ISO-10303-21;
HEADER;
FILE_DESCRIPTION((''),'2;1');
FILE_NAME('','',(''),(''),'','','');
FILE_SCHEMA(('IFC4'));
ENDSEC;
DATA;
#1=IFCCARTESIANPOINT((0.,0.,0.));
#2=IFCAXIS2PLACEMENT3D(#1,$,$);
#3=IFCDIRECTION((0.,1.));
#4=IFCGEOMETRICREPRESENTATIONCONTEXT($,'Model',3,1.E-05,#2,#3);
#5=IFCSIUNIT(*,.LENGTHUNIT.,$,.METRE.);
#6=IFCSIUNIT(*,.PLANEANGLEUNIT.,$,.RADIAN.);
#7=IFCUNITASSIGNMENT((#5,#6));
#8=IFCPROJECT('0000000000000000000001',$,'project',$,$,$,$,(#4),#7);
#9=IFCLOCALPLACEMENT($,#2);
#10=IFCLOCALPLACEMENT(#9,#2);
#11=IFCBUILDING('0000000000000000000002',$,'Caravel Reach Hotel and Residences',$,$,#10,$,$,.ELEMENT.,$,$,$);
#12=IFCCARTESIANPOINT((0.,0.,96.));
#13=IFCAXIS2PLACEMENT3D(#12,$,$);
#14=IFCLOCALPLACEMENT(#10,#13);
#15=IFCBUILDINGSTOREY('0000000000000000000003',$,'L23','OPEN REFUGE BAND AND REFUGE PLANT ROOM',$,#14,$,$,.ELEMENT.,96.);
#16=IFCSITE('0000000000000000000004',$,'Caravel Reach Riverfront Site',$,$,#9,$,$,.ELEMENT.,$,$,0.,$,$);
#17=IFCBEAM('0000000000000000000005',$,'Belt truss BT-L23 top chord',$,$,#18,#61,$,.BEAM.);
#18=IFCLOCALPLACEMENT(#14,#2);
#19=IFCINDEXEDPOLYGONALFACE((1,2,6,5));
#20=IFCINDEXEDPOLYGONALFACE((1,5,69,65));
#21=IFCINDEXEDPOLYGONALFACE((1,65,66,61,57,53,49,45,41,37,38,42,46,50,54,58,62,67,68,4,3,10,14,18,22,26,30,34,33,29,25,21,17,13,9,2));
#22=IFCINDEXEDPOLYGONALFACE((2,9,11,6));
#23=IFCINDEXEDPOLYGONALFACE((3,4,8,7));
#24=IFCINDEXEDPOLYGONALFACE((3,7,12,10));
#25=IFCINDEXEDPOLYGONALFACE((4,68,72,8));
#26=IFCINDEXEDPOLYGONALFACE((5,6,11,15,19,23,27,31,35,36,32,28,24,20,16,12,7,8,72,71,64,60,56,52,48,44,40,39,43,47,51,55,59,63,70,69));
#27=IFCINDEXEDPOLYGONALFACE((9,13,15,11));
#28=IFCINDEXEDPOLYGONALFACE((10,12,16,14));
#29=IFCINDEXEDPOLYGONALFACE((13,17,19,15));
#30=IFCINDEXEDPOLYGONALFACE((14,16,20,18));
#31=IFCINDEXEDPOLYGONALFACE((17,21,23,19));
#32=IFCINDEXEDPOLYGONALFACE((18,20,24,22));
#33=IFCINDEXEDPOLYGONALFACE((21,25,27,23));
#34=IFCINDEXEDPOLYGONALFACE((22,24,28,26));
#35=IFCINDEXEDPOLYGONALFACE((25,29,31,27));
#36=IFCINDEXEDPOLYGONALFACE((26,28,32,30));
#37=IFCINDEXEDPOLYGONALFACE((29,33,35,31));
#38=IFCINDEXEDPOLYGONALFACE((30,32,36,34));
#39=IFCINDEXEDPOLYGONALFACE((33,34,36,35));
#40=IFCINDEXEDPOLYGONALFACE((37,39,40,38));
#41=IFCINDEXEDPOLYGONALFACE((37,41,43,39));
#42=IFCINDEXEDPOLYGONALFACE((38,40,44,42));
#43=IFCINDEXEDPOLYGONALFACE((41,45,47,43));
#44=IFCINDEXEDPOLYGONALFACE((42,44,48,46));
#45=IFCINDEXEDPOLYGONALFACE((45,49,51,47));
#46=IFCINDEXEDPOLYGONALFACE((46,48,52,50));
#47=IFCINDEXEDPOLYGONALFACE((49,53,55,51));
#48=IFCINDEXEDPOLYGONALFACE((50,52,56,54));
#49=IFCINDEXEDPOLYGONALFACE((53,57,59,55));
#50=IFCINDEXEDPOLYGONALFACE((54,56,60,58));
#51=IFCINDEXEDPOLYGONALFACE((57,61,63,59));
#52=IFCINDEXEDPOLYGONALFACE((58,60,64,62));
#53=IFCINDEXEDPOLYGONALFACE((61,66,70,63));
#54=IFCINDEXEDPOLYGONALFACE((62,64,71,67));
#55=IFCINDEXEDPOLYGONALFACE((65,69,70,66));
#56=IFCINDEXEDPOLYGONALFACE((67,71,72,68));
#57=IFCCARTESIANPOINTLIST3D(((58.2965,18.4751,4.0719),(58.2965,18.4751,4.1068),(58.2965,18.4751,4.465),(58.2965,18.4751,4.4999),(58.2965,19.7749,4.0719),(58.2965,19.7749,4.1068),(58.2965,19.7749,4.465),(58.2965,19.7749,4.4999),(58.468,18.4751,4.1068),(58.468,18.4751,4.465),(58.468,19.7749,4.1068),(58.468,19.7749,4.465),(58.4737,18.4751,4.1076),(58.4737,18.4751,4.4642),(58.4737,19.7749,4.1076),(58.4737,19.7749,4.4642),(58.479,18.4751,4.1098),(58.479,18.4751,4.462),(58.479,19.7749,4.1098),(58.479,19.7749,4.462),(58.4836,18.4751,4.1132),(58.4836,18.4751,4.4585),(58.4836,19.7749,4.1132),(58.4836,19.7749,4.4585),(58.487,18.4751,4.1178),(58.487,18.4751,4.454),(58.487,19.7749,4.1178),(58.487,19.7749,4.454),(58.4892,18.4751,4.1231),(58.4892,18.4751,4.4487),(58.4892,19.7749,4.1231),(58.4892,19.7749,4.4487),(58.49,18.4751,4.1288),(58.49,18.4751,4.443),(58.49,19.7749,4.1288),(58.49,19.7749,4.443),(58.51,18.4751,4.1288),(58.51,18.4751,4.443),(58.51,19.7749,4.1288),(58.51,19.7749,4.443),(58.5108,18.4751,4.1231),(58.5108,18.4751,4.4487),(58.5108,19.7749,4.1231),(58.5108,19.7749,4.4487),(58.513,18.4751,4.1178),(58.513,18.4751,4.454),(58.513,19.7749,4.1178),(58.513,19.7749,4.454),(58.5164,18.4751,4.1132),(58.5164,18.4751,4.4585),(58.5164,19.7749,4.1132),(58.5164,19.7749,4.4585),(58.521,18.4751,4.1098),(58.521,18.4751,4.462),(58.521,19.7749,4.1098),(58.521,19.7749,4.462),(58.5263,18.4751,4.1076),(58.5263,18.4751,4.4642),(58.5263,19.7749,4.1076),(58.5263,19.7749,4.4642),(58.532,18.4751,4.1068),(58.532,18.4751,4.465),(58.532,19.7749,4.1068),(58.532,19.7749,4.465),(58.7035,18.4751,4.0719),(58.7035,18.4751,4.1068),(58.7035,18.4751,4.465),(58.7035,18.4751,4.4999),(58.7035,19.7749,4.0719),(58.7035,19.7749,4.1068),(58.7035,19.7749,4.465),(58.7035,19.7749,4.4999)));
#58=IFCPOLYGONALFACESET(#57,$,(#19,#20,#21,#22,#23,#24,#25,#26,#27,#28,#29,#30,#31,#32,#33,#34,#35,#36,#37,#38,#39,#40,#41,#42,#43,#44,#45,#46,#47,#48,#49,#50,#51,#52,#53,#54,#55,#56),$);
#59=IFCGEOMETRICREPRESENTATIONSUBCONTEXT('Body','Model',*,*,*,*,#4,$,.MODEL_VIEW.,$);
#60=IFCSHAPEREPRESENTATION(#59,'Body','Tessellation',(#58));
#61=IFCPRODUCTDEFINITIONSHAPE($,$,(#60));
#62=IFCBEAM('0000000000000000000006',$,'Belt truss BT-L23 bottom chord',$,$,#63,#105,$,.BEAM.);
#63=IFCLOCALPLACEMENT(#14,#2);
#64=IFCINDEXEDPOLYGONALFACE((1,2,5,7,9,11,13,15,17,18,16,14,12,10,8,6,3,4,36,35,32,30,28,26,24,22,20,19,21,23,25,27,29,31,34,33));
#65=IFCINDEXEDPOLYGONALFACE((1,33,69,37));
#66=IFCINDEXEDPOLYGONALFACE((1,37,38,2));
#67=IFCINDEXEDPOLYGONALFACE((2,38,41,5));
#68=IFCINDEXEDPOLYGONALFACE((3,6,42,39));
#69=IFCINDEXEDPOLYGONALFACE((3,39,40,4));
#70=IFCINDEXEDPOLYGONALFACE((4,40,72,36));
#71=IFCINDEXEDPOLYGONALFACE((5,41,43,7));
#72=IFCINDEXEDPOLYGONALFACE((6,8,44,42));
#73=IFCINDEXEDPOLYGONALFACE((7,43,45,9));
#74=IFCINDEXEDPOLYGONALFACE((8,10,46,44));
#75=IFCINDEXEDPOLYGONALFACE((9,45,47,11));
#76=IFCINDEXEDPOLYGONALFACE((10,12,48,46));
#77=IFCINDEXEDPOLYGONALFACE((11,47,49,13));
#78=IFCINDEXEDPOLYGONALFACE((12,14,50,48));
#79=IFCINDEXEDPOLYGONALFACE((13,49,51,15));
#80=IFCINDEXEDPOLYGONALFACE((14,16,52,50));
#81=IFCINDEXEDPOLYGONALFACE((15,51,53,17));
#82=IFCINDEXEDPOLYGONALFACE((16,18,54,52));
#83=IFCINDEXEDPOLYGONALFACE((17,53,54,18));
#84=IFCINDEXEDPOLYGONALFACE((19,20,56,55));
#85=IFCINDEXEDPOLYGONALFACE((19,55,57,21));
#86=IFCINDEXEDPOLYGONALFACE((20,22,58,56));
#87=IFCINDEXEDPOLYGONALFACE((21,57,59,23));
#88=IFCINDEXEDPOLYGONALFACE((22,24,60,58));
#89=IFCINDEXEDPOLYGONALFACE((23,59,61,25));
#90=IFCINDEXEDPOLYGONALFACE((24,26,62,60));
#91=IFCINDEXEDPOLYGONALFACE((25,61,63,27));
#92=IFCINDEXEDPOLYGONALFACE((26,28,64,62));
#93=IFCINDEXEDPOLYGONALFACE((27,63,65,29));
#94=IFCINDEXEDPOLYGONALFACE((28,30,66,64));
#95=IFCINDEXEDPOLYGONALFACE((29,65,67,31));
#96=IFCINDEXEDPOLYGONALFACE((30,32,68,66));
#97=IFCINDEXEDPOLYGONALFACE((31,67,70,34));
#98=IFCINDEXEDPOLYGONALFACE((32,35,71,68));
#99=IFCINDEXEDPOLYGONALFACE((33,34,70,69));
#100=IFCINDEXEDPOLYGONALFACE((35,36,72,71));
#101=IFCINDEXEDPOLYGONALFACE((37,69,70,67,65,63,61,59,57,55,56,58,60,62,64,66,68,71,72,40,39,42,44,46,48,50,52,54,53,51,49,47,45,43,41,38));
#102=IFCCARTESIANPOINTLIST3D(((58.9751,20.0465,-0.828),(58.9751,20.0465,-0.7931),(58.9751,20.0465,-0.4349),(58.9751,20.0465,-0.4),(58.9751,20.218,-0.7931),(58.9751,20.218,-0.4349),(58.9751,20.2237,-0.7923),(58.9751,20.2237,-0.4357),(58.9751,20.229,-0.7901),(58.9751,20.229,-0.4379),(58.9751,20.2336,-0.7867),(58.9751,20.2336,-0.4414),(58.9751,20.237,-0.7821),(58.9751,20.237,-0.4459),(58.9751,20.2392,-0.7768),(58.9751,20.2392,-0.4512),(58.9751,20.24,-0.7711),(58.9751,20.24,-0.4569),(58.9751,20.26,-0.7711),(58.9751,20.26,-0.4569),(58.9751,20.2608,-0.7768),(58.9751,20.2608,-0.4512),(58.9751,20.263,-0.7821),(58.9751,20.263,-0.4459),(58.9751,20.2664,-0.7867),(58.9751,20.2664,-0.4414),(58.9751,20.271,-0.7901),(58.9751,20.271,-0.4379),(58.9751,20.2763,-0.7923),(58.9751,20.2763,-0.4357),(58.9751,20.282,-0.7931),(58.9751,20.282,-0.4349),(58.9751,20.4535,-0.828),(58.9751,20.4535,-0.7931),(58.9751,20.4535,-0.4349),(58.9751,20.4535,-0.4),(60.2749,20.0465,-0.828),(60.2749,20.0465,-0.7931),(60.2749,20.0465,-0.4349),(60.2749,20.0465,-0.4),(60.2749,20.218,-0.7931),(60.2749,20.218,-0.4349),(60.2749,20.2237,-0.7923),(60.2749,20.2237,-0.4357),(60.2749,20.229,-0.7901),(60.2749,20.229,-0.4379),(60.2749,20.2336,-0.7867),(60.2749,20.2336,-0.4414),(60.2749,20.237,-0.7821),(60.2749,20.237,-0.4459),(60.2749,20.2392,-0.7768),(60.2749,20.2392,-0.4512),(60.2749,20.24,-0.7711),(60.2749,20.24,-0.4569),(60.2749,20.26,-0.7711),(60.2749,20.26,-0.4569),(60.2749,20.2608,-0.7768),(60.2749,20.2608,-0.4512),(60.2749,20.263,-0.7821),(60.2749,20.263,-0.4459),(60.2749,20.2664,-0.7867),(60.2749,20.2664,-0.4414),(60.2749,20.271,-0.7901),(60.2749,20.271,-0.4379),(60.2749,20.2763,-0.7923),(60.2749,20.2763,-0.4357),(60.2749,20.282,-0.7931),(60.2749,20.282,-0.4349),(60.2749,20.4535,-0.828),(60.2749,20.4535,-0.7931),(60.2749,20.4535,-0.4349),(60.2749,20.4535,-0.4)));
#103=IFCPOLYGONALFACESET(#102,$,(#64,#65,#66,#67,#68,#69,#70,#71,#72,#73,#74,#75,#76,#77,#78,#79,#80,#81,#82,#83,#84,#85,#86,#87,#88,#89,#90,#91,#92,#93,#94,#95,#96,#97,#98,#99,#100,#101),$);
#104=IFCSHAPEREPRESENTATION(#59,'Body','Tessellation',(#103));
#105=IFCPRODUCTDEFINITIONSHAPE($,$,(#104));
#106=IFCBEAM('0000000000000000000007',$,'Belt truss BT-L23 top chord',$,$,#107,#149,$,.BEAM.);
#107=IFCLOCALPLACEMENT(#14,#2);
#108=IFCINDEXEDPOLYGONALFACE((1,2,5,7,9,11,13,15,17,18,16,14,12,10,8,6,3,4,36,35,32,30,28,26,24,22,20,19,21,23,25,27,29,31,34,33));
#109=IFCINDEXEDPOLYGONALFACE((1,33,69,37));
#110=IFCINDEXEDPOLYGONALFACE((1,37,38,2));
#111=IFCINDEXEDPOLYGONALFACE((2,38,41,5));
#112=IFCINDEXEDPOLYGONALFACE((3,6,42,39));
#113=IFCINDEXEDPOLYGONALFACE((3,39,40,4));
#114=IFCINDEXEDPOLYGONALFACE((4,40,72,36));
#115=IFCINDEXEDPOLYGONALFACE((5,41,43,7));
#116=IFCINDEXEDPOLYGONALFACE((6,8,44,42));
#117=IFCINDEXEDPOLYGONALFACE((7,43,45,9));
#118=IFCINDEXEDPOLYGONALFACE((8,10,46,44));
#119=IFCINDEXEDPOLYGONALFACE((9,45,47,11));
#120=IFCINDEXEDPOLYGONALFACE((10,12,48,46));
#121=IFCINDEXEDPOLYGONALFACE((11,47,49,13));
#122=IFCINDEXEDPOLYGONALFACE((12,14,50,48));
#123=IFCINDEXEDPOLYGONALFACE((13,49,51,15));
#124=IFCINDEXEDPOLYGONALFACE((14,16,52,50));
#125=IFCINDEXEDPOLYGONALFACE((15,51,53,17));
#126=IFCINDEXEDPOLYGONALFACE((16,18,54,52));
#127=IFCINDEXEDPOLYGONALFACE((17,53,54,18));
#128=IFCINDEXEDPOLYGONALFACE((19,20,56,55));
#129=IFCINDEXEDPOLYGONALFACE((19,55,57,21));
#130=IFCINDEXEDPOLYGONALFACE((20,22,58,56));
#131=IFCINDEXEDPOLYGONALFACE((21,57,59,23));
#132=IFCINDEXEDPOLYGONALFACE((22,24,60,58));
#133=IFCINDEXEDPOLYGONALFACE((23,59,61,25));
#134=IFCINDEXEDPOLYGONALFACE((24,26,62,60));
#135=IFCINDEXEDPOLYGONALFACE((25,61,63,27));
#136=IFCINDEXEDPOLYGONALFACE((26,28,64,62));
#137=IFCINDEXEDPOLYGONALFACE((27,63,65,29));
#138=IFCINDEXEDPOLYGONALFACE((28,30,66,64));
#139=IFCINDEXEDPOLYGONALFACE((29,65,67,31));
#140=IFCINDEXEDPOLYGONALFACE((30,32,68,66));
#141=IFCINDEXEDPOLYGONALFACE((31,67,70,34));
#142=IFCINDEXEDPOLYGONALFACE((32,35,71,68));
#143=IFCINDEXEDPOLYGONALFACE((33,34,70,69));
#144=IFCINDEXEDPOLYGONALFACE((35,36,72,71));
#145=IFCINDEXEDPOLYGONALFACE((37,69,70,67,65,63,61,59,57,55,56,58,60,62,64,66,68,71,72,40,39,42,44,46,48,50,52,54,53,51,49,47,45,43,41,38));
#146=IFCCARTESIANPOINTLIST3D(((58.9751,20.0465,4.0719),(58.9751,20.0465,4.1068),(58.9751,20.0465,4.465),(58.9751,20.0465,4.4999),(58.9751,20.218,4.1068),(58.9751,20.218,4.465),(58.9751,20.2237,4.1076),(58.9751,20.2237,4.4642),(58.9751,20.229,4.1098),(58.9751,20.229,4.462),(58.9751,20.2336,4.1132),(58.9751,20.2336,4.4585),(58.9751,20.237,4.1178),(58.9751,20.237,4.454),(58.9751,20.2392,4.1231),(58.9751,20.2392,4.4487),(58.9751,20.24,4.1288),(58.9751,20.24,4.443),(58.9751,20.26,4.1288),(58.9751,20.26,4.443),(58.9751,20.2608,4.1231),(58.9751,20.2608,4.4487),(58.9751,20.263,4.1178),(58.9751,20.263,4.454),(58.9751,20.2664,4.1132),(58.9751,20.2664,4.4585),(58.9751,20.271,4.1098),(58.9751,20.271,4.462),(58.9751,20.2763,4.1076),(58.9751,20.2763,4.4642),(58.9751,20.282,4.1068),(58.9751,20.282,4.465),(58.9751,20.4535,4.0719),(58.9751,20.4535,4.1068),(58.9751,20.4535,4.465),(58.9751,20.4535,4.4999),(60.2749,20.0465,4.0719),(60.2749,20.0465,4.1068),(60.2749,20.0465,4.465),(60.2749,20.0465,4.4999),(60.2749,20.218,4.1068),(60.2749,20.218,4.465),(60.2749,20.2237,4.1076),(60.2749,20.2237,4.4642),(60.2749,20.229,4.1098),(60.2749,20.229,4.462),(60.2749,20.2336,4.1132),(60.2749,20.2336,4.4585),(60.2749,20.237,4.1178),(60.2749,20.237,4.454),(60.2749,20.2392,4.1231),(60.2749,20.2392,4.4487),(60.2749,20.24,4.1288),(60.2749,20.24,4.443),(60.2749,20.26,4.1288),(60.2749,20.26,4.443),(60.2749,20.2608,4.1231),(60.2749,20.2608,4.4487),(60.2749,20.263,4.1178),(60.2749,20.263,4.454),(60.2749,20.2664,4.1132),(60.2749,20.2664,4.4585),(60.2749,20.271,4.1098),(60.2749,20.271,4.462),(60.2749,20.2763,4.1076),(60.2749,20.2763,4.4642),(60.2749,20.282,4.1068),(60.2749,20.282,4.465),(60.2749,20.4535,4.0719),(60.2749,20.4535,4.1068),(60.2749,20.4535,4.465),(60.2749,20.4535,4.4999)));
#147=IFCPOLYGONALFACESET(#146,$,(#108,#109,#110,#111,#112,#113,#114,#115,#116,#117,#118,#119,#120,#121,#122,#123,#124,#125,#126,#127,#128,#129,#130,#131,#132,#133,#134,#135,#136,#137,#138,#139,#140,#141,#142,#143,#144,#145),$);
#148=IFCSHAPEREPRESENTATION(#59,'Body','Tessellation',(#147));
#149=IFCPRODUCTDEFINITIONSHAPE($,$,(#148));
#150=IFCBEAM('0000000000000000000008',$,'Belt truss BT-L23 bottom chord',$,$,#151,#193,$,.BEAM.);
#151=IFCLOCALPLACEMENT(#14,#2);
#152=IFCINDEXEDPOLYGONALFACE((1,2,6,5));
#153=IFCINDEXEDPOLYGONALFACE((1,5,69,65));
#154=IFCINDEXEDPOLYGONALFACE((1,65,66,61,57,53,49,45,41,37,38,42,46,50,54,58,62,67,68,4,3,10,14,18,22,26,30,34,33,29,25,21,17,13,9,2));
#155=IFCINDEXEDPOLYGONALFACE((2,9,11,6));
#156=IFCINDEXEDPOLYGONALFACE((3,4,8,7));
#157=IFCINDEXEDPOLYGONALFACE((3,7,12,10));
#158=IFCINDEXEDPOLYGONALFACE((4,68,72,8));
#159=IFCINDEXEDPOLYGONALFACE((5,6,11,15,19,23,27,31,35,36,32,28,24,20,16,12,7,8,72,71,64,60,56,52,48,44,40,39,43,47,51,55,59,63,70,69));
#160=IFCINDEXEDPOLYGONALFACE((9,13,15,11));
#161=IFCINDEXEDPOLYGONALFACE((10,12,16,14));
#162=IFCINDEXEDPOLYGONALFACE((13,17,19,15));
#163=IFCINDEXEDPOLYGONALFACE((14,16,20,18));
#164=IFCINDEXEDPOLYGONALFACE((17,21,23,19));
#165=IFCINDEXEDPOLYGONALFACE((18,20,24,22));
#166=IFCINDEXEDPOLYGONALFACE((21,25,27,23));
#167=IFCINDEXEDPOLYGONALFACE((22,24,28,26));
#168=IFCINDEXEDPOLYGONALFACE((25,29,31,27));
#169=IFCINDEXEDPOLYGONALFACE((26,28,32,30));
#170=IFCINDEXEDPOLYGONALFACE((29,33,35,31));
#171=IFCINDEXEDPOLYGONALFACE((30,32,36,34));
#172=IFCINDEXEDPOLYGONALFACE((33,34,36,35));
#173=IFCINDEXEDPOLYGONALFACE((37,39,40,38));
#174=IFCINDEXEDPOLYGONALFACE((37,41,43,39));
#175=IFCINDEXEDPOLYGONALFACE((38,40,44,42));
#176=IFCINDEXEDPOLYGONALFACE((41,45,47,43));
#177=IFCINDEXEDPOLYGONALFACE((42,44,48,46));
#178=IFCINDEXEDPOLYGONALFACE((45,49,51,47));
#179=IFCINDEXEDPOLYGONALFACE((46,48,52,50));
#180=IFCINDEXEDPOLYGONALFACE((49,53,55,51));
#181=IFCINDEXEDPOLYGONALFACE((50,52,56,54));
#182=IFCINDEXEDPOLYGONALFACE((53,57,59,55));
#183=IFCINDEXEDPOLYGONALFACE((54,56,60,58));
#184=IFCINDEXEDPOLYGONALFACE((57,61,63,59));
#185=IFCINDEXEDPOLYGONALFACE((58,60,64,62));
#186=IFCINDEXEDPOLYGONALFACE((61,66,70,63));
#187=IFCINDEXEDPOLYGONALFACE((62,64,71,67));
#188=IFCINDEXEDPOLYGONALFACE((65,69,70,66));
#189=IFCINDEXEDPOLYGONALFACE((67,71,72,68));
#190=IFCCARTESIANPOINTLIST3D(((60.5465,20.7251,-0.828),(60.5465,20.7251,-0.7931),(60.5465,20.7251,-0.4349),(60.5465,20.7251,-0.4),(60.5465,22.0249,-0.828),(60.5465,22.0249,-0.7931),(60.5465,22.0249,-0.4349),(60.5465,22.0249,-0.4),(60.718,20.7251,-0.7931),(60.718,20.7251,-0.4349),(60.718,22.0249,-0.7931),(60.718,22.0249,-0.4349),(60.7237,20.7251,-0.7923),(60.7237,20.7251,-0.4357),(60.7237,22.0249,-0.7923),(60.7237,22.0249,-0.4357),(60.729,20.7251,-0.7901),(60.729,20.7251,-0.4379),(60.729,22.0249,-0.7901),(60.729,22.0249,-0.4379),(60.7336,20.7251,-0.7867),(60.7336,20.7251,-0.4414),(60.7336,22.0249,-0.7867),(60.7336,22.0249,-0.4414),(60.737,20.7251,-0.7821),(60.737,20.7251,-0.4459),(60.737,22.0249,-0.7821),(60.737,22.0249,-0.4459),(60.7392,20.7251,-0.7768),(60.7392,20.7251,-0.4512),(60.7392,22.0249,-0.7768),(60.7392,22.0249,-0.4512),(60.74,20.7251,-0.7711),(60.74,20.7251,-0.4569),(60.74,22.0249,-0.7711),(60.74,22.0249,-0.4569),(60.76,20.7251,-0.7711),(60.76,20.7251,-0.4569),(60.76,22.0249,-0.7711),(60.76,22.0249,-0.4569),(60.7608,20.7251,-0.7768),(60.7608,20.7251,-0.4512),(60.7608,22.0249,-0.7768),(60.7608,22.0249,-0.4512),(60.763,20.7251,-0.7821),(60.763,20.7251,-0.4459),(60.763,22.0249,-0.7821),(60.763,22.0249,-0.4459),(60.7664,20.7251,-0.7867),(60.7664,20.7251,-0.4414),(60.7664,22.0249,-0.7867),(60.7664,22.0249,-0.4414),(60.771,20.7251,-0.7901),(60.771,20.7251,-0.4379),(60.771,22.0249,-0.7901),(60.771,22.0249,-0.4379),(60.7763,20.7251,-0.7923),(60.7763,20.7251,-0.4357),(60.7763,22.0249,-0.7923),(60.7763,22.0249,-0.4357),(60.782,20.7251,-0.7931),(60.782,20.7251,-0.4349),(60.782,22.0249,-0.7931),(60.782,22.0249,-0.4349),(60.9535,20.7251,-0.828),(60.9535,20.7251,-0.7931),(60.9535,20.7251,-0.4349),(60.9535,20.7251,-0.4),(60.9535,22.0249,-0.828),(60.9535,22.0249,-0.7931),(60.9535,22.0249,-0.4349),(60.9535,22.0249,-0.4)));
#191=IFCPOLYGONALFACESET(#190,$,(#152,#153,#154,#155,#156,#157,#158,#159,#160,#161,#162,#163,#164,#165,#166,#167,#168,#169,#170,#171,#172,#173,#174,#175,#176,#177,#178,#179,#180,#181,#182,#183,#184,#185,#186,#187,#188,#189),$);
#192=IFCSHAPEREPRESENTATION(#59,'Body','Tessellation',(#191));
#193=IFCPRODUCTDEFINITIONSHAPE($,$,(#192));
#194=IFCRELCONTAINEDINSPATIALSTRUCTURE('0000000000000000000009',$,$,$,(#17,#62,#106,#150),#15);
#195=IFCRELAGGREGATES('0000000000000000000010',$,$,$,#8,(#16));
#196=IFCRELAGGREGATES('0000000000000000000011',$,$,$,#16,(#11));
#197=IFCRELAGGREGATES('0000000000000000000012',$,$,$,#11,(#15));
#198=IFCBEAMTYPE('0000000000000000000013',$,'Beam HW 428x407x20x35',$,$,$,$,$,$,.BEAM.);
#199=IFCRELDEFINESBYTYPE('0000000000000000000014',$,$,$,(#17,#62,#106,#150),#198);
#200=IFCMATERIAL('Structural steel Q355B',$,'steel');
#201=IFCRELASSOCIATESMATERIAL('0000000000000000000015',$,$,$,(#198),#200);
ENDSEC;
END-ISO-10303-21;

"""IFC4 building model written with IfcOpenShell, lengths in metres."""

from ifc_helpers import new_model, si_unit, direction, frame, origin, origin_2d, place, context, subcontext, project, spatial, i_section, extrude, material, material_profile, profile_set, type_object, element, save


model = new_model("IFC4")

# Units and contexts
model_context = context("Model", 3, precision=1e-05, world=origin(), true_north=direction((0.0, 1.0)))
body_context = subcontext(model_context, "Body", "Model", "MODEL_VIEW")
ifc_project = project(units=[si_unit("LENGTHUNIT", "METRE"), si_unit("PLANEANGLEUNIT", "RADIAN")], contexts=[model_context])

# Site, building, storey
site_placement = place(None, origin())
site = spatial("IfcSite", under=ifc_project, at=site_placement, Name="Caravel Reach Riverfront Site", CompositionType="ELEMENT", RefElevation=0.0)
building_placement = place(site_placement, origin())
building = spatial("IfcBuilding", under=site, at=building_placement, Name="Caravel Reach Hotel and Residences", CompositionType="ELEMENT")
storey_placement = place(building_placement, frame((0.0, 0.0, 96.0)))
storey = spatial("IfcBuildingStorey", under=building, at=storey_placement, Name="L23", Description="OPEN REFUGE BAND AND REFUGE PLANT ROOM", CompositionType="ELEMENT", Elevation=96.0)

# Beams
ifc_material_1 = material(Name="Structural steel Q355B", Category="steel")
ifc_material_profile_1 = material_profile(ifc_material_1, i_section(OverallWidth=0.407, OverallDepth=0.428, WebThickness=0.02, FlangeThickness=0.0349, FilletRadius=0.022, at=origin_2d()), Name="HW 428x407x20x35")
ifc_profile_set_1 = profile_set([ifc_material_profile_1], Name="Structural steel Q355B")
beam_type = type_object("IfcBeamType", Name="Beam HW 428x407x20x35", PredefinedType="BEAM", material=ifc_profile_set_1)
for number, where, z_axis, x_axis, name in (
    (1, (58.5, 18.4751, 4.2859), (0.0, 1.0, 0.0), (-1.0, 0.0, 0.0), "Belt truss BT-L23 top chord"),
    (2, (58.9751, 20.25, -0.614), (1.0, 0.0, 0.0), (0.0, 1.0, 0.0), "Belt truss BT-L23 bottom chord"),
    (3, (58.9751, 20.25, 4.2859), (1.0, 0.0, 0.0), (0.0, 1.0, 0.0), "Belt truss BT-L23 top chord"),
    (4, (60.75, 20.7251, -0.614), (0.0, 1.0, 0.0), (-1.0, 0.0, 0.0), "Belt truss BT-L23 bottom chord"),
):
    element("IfcBeam", number, at=place(storey_placement, frame(where, z_axis=z_axis, x_axis=x_axis)), inside=storey, type_object=beam_type, Name=name, PredefinedType="BEAM", context=body_context, shape_type="SweptSolid", body=[
        extrude(i_section(OverallWidth=0.407, OverallDepth=0.428, WebThickness=0.02, FlangeThickness=0.0349, FilletRadius=0.022, at=origin_2d()), origin(), (0.0, 0.0, 1.0), 1.2998),
    ])

save(model, "model.ifc")
